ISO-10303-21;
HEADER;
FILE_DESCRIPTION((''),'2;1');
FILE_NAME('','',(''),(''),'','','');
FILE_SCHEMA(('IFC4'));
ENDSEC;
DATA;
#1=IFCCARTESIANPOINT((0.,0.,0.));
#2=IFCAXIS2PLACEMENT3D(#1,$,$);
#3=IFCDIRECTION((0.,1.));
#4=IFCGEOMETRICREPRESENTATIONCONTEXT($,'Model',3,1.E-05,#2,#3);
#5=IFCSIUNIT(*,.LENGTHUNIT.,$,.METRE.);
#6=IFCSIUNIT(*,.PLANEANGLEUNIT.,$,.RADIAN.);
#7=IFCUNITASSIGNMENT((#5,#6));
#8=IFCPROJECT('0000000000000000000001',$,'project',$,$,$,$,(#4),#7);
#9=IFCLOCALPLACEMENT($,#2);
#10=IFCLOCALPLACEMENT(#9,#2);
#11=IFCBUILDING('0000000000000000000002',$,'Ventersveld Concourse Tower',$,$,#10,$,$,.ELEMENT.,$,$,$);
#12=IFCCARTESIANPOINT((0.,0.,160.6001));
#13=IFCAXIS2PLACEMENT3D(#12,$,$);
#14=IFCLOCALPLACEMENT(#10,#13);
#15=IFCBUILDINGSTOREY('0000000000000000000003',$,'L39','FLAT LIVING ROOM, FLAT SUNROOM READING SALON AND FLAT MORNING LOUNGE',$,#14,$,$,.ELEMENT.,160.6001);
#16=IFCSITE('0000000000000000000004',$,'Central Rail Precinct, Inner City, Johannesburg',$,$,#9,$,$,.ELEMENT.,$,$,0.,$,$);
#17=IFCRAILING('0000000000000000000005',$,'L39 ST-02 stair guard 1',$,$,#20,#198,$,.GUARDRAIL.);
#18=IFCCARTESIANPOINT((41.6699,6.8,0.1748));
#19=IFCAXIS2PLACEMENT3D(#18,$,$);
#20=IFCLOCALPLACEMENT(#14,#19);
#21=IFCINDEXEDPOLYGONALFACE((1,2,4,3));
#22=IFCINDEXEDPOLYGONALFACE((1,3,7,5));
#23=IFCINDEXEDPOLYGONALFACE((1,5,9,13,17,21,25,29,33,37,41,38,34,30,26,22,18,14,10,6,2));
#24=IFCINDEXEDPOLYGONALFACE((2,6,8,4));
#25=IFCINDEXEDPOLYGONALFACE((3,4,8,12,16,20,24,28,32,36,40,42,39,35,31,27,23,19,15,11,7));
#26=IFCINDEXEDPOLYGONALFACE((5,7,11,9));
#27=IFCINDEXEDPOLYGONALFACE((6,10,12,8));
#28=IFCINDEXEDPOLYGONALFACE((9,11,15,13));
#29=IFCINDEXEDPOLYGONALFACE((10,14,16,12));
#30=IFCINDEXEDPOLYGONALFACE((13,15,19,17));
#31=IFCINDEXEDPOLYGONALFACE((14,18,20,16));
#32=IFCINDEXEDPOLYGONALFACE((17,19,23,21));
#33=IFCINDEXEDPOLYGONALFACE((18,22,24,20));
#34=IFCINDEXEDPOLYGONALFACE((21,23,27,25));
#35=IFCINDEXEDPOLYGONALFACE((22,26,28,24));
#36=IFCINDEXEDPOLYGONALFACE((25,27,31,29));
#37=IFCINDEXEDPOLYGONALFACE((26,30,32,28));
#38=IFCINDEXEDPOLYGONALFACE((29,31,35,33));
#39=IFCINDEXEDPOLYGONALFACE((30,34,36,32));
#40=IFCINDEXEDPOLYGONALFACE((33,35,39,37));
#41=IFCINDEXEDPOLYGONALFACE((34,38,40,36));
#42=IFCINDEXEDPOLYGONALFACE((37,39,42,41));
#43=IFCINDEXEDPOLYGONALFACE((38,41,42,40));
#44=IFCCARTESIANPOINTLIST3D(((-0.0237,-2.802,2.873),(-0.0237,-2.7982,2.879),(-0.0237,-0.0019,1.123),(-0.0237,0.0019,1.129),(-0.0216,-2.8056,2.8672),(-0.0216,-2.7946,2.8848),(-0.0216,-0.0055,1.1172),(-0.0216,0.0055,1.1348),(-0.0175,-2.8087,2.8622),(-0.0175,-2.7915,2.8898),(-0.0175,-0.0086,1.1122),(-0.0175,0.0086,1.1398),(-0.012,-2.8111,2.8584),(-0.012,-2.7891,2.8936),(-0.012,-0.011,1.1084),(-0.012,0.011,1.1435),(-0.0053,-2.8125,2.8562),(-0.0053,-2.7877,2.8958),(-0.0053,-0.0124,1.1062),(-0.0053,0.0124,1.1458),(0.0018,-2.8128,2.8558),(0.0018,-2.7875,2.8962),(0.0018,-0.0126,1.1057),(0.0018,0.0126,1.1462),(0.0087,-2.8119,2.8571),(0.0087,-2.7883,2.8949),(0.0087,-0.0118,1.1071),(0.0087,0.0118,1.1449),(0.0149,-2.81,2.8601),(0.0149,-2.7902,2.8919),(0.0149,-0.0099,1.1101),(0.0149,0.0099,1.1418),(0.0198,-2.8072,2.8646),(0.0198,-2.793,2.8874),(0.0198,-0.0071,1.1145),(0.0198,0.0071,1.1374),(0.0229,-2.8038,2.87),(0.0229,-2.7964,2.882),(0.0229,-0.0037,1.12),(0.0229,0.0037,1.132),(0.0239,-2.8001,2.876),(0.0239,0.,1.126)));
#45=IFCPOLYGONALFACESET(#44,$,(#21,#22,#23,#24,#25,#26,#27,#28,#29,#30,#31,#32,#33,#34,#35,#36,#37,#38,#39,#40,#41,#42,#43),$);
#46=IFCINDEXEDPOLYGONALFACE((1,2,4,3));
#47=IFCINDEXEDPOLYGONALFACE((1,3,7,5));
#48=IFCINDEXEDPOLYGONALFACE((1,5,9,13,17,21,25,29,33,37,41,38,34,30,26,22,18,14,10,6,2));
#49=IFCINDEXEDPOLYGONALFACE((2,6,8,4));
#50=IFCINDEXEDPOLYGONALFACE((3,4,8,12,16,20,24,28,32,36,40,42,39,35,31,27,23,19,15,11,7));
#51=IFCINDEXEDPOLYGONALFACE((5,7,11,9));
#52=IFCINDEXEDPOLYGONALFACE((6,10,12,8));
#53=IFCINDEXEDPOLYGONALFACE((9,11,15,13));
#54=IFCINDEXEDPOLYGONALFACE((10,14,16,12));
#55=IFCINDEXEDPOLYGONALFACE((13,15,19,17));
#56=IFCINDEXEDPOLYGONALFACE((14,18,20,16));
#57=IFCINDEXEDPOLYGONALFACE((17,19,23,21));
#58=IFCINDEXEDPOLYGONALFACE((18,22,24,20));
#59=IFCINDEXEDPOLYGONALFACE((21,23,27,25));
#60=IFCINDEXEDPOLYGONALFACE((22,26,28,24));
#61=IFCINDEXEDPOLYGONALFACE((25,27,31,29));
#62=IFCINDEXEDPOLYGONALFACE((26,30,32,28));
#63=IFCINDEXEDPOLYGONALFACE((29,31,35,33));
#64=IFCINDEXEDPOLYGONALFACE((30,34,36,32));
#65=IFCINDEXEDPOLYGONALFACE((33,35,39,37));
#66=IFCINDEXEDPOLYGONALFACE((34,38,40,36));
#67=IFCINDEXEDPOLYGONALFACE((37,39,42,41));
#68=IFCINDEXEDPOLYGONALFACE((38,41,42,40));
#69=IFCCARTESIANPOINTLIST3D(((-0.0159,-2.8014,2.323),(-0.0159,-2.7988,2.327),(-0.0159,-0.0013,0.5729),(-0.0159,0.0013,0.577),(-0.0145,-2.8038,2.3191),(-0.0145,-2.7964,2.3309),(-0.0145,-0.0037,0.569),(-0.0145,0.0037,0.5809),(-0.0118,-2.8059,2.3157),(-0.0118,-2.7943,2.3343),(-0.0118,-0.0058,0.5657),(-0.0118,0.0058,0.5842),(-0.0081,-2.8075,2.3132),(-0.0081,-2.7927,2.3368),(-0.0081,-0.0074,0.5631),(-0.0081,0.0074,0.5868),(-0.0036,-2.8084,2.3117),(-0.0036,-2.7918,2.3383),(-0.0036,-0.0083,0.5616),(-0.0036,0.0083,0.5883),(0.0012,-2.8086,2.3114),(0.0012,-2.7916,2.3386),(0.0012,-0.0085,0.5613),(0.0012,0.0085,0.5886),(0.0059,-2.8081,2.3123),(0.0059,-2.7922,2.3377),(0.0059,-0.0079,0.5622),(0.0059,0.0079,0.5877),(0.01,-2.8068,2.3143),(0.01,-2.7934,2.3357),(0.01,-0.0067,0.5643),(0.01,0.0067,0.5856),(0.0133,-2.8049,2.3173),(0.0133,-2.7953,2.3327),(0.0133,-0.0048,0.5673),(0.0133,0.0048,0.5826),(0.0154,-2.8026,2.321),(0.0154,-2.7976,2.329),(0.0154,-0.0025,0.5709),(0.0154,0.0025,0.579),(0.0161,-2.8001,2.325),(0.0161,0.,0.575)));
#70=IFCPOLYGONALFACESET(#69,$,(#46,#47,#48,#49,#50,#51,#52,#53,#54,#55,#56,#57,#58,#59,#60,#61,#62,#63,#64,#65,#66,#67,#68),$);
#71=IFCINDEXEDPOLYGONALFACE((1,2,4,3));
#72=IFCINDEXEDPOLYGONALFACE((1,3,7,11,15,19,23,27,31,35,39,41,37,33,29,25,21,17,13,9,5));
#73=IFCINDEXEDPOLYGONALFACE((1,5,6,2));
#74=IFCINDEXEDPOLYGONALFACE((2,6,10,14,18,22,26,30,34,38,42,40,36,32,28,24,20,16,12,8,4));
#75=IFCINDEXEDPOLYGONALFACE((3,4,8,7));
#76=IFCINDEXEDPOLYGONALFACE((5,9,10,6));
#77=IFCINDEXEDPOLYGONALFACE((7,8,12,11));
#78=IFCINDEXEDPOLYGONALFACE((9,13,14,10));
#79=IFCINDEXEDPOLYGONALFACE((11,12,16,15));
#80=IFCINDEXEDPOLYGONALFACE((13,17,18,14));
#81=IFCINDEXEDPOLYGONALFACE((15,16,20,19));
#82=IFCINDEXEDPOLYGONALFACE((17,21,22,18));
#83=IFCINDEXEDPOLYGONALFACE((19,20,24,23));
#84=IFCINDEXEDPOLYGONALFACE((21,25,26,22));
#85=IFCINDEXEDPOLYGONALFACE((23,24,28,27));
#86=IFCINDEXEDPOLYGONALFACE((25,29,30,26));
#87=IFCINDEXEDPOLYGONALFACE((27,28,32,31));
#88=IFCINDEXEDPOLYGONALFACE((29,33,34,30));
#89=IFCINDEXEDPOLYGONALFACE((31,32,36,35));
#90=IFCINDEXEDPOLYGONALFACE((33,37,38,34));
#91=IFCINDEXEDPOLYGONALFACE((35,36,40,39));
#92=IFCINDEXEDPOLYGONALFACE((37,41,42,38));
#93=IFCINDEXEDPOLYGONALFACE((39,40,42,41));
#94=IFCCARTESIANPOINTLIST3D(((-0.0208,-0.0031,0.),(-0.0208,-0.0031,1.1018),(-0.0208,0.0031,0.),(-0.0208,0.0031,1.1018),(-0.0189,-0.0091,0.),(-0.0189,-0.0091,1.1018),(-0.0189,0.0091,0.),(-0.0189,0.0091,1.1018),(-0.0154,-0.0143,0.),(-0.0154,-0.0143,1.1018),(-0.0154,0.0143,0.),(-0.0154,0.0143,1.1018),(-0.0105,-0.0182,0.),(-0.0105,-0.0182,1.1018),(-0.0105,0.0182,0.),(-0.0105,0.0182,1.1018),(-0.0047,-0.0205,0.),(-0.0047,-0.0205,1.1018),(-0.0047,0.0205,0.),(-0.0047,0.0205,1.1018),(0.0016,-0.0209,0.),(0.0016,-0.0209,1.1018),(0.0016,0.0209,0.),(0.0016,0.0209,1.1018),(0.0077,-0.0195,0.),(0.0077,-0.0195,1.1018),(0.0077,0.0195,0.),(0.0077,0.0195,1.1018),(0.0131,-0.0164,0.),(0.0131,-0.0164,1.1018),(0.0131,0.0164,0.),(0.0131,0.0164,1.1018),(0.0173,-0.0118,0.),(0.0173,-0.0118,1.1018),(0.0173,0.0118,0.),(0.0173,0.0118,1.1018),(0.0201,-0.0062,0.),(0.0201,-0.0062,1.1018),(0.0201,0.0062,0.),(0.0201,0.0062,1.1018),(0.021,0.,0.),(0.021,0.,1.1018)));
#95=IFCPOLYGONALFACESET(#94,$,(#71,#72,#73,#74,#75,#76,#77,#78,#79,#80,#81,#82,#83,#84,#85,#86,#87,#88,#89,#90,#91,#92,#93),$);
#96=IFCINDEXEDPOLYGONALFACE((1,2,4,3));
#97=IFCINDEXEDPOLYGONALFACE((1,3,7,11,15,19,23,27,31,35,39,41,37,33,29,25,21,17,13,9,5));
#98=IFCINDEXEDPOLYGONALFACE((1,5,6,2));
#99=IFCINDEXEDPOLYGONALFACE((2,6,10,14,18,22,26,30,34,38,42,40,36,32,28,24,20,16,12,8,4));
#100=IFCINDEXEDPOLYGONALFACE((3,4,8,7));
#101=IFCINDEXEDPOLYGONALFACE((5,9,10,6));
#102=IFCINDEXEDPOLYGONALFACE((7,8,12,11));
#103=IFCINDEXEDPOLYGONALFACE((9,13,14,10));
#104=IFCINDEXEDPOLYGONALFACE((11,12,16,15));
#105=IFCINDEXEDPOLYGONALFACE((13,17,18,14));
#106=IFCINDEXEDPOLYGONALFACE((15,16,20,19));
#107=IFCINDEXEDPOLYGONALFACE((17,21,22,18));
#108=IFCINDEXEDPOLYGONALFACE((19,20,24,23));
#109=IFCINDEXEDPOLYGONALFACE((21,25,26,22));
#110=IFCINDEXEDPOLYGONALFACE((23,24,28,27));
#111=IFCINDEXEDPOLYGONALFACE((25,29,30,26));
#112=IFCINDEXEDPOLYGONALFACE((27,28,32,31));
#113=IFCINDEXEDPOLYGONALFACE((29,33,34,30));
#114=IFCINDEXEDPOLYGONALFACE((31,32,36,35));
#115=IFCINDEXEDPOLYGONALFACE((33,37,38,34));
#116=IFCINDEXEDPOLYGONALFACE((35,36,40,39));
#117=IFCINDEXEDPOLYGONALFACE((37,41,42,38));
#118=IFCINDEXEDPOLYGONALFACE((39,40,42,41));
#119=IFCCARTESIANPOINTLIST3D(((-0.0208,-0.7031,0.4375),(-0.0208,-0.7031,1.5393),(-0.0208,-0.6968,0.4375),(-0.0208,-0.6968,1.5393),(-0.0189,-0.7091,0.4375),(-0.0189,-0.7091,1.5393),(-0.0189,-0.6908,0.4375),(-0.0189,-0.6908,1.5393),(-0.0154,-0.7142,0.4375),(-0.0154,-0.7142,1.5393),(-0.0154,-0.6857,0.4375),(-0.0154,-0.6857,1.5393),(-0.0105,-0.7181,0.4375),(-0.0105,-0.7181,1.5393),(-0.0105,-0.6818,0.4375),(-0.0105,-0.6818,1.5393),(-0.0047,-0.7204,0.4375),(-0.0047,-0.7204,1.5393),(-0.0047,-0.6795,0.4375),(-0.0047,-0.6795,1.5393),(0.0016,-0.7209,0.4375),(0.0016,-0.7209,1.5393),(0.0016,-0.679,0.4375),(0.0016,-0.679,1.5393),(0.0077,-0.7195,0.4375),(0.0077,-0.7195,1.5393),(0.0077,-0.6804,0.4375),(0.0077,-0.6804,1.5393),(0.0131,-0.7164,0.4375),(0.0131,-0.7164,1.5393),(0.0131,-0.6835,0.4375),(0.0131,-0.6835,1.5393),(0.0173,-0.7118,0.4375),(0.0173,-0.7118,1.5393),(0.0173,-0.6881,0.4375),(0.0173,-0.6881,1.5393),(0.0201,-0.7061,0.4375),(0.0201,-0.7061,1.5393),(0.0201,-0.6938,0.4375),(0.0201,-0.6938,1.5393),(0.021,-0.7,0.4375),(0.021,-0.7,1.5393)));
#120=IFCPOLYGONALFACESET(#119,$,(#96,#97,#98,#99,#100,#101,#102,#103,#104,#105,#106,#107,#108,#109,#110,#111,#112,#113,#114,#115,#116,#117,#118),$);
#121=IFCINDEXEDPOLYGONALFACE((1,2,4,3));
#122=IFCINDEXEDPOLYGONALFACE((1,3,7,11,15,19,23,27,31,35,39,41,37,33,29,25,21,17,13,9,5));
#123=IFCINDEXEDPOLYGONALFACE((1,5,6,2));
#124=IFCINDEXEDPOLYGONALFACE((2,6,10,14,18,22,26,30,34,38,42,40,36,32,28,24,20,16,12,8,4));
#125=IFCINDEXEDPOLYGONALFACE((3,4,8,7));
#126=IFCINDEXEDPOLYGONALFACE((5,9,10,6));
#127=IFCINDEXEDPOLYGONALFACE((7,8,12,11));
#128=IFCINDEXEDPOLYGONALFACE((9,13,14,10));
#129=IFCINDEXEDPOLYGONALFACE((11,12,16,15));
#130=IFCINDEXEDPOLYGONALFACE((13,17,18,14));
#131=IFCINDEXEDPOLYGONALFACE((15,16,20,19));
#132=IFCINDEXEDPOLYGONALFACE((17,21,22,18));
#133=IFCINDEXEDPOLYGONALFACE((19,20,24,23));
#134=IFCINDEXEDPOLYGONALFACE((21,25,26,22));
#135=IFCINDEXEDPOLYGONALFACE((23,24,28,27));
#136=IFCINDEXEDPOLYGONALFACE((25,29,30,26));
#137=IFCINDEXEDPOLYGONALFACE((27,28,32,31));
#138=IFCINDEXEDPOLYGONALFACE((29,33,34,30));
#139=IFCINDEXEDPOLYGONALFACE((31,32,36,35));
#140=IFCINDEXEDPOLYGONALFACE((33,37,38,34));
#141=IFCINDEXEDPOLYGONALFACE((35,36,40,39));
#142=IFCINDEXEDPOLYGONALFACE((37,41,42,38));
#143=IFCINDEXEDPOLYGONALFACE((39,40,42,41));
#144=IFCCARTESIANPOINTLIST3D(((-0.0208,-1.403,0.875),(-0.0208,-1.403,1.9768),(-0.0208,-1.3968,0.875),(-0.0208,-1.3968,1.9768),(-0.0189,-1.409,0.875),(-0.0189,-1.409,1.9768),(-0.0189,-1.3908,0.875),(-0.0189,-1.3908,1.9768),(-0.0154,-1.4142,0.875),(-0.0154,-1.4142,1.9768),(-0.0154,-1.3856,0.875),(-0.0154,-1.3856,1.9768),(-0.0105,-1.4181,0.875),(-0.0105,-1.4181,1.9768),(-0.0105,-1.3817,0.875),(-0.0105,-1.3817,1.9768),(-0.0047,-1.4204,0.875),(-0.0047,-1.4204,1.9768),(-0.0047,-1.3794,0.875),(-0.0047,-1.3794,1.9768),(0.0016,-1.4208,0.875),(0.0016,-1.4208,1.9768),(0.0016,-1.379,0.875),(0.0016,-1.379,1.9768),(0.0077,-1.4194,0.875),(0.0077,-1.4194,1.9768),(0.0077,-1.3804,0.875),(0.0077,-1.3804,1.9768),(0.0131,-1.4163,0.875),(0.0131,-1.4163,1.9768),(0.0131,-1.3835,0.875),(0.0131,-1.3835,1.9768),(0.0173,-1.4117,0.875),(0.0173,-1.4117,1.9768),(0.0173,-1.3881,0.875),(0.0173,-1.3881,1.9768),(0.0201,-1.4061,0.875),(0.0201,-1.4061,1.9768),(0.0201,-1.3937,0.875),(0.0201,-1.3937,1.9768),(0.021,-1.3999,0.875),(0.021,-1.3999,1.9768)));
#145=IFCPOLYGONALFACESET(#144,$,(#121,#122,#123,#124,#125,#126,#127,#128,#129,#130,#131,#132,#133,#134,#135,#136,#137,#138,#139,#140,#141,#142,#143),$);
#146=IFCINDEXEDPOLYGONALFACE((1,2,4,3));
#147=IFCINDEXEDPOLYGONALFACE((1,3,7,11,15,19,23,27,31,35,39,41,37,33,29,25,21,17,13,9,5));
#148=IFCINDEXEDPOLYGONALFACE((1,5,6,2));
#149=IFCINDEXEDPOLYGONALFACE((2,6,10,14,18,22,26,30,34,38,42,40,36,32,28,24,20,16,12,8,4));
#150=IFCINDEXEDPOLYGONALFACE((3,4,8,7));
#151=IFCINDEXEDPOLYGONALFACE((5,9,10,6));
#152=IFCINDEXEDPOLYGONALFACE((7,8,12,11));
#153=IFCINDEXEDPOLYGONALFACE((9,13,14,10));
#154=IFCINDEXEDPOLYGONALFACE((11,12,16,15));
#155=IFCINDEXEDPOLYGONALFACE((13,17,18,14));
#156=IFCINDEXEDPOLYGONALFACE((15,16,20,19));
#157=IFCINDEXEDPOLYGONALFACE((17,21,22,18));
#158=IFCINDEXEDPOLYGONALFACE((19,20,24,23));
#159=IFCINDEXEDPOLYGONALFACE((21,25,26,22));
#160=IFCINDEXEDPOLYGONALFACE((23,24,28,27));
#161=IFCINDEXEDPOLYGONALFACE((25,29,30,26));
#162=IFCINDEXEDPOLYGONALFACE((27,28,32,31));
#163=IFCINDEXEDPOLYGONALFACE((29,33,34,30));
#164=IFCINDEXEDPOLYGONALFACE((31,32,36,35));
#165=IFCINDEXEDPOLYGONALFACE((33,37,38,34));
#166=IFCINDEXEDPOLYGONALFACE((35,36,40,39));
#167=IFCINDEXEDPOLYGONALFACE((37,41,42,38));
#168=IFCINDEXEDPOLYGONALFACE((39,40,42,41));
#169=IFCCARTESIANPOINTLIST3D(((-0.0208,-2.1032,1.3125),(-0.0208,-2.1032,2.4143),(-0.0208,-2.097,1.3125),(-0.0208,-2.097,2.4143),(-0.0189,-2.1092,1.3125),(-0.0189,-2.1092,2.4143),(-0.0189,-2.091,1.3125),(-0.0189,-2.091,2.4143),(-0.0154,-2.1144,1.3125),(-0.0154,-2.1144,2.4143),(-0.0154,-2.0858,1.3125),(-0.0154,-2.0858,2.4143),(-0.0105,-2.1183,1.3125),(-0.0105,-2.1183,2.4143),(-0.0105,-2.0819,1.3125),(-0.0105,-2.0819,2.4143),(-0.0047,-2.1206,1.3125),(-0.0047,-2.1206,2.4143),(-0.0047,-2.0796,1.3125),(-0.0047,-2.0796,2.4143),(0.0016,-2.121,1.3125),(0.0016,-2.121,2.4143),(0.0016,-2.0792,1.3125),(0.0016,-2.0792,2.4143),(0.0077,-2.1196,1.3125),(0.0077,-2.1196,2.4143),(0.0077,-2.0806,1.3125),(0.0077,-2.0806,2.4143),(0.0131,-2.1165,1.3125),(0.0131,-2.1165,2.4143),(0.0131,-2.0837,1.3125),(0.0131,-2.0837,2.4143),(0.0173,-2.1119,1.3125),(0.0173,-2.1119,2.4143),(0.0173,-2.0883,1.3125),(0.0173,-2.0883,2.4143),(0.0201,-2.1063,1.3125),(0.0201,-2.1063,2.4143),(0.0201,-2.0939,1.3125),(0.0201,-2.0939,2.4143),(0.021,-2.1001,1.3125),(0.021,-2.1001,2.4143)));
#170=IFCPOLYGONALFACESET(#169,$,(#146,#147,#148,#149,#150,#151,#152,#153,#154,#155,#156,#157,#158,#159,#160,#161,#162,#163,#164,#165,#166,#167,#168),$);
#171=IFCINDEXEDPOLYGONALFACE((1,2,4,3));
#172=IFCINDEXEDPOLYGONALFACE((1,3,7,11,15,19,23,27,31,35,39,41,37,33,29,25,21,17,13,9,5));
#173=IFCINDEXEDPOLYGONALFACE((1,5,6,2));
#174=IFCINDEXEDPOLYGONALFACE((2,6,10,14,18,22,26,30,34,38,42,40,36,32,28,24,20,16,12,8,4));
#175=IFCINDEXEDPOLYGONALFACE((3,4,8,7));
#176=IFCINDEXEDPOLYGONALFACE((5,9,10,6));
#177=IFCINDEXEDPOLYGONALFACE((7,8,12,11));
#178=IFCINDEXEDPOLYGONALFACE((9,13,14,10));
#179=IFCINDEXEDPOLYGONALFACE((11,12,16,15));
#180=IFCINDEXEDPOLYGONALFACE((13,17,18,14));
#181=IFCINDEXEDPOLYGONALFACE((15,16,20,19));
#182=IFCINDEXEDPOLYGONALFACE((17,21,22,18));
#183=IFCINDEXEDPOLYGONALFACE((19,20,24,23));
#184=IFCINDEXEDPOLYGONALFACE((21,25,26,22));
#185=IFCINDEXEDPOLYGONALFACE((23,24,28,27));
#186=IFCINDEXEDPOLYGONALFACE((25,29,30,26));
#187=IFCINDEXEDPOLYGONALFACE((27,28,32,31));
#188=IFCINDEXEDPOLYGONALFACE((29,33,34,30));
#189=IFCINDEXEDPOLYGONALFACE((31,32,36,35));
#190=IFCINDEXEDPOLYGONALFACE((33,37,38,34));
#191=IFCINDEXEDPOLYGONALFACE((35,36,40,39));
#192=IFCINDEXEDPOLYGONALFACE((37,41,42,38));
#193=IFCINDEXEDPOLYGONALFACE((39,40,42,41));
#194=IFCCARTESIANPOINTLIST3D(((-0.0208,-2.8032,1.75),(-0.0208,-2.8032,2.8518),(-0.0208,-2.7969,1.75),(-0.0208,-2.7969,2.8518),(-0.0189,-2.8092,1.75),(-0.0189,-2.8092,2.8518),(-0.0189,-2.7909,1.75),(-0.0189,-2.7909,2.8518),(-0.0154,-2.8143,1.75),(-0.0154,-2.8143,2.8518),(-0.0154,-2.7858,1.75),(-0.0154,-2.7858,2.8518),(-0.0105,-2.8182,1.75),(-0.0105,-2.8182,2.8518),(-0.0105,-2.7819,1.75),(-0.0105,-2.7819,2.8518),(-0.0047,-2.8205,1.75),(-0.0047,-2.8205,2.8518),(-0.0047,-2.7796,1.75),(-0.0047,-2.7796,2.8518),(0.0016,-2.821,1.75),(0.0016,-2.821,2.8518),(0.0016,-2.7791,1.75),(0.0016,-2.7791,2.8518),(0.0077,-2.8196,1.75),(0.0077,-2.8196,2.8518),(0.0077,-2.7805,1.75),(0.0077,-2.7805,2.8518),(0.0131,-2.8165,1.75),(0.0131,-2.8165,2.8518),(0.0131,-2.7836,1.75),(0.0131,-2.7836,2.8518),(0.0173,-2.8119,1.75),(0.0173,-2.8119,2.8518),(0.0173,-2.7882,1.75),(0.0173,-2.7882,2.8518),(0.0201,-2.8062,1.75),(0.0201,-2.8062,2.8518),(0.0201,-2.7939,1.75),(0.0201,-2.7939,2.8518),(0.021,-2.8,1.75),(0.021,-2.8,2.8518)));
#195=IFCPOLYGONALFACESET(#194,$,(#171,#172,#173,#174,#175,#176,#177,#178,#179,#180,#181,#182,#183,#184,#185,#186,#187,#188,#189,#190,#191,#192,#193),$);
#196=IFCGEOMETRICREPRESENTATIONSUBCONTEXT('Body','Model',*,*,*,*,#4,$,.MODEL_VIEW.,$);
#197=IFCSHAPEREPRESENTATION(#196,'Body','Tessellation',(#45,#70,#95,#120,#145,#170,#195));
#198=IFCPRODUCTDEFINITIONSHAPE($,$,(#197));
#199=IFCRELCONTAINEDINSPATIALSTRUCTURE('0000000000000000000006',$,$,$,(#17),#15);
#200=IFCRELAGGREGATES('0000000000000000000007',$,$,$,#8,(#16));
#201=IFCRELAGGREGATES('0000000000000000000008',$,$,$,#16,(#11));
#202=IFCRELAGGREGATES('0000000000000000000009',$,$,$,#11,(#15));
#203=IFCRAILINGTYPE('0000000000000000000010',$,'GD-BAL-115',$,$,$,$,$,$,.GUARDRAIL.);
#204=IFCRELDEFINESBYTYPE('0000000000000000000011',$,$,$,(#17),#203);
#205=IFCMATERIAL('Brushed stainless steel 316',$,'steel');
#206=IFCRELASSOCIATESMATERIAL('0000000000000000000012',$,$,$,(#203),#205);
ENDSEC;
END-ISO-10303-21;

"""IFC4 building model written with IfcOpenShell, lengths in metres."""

from ifc_helpers import new_model, si_unit, direction, frame, origin, origin_2d, place, context, subcontext, project, spatial, circle, extrude, material, type_object, element, save


model = new_model("IFC4")

# Units and contexts
model_context = context("Model", 3, precision=1e-05, world=origin(), true_north=direction((0.0, 1.0)))
body_context = subcontext(model_context, "Body", "Model", "MODEL_VIEW")
ifc_project = project(units=[si_unit("LENGTHUNIT", "METRE"), si_unit("PLANEANGLEUNIT", "RADIAN")], contexts=[model_context])

# Site, building, storey
site_placement = place(None, origin())
site = spatial("IfcSite", under=ifc_project, at=site_placement, Name="Central Rail Precinct, Inner City, Johannesburg", CompositionType="ELEMENT", RefElevation=0.0)
building_placement = place(site_placement, origin())
building = spatial("IfcBuilding", under=site, at=building_placement, Name="Ventersveld Concourse Tower", CompositionType="ELEMENT")
storey_placement = place(building_placement, frame((0.0, 0.0, 160.6001)))
storey = spatial("IfcBuildingStorey", under=building, at=storey_placement, Name="L39", Description="FLAT LIVING ROOM, FLAT SUNROOM READING SALON AND FLAT MORNING LOUNGE", CompositionType="ELEMENT", Elevation=160.6001)

# Railing
ifc_material_1 = material(Name="Brushed stainless steel 316", Category="steel")
railing_type_1 = type_object("IfcRailingType", Name="GD-BAL-115", PredefinedType="GUARDRAIL", material=ifc_material_1)
railing_1_placement = place(storey_placement, frame((41.6699, 6.8, 0.1748)))
element("IfcRailing", 1, at=railing_1_placement, inside=storey, type_object=railing_type_1, Name="L39 ST-02 stair guard 1", PredefinedType="GUARDRAIL", context=body_context, shape_type="SweptSolid", body=[
    extrude(circle(Radius=0.0239, at=origin_2d()), frame((0.0, 0.0, 1.126), z_axis=(0.0, -0.848002, 0.529992), x_axis=(1.0, 0.0, 0.0)), (0.0, 0.0, 1.0), 3.302),
    extrude(circle(Radius=0.0161, at=origin_2d()), frame((0.0, 0.0, 0.575), z_axis=(0.0, -0.848002, 0.529992), x_axis=(1.0, 0.0, 0.0)), (0.0, 0.0, 1.0), 3.302),
    extrude(circle(Radius=0.021, at=origin_2d()), origin(), (0.0, 0.0, 1.0), 1.1018),
    extrude(circle(Radius=0.021, at=origin_2d()), frame((0.0, -0.7, 0.4375)), (0.0, 0.0, 1.0), 1.1018),
    extrude(circle(Radius=0.021, at=origin_2d()), frame((0.0, -1.3999, 0.875)), (0.0, 0.0, 1.0), 1.1018),
    extrude(circle(Radius=0.021, at=origin_2d()), frame((0.0, -2.1001, 1.3125)), (0.0, 0.0, 1.0), 1.1018),
    extrude(circle(Radius=0.021, at=origin_2d()), frame((0.0, -2.8, 1.75)), (0.0, 0.0, 1.0), 1.1018),
])

save(model, "model.ifc")
